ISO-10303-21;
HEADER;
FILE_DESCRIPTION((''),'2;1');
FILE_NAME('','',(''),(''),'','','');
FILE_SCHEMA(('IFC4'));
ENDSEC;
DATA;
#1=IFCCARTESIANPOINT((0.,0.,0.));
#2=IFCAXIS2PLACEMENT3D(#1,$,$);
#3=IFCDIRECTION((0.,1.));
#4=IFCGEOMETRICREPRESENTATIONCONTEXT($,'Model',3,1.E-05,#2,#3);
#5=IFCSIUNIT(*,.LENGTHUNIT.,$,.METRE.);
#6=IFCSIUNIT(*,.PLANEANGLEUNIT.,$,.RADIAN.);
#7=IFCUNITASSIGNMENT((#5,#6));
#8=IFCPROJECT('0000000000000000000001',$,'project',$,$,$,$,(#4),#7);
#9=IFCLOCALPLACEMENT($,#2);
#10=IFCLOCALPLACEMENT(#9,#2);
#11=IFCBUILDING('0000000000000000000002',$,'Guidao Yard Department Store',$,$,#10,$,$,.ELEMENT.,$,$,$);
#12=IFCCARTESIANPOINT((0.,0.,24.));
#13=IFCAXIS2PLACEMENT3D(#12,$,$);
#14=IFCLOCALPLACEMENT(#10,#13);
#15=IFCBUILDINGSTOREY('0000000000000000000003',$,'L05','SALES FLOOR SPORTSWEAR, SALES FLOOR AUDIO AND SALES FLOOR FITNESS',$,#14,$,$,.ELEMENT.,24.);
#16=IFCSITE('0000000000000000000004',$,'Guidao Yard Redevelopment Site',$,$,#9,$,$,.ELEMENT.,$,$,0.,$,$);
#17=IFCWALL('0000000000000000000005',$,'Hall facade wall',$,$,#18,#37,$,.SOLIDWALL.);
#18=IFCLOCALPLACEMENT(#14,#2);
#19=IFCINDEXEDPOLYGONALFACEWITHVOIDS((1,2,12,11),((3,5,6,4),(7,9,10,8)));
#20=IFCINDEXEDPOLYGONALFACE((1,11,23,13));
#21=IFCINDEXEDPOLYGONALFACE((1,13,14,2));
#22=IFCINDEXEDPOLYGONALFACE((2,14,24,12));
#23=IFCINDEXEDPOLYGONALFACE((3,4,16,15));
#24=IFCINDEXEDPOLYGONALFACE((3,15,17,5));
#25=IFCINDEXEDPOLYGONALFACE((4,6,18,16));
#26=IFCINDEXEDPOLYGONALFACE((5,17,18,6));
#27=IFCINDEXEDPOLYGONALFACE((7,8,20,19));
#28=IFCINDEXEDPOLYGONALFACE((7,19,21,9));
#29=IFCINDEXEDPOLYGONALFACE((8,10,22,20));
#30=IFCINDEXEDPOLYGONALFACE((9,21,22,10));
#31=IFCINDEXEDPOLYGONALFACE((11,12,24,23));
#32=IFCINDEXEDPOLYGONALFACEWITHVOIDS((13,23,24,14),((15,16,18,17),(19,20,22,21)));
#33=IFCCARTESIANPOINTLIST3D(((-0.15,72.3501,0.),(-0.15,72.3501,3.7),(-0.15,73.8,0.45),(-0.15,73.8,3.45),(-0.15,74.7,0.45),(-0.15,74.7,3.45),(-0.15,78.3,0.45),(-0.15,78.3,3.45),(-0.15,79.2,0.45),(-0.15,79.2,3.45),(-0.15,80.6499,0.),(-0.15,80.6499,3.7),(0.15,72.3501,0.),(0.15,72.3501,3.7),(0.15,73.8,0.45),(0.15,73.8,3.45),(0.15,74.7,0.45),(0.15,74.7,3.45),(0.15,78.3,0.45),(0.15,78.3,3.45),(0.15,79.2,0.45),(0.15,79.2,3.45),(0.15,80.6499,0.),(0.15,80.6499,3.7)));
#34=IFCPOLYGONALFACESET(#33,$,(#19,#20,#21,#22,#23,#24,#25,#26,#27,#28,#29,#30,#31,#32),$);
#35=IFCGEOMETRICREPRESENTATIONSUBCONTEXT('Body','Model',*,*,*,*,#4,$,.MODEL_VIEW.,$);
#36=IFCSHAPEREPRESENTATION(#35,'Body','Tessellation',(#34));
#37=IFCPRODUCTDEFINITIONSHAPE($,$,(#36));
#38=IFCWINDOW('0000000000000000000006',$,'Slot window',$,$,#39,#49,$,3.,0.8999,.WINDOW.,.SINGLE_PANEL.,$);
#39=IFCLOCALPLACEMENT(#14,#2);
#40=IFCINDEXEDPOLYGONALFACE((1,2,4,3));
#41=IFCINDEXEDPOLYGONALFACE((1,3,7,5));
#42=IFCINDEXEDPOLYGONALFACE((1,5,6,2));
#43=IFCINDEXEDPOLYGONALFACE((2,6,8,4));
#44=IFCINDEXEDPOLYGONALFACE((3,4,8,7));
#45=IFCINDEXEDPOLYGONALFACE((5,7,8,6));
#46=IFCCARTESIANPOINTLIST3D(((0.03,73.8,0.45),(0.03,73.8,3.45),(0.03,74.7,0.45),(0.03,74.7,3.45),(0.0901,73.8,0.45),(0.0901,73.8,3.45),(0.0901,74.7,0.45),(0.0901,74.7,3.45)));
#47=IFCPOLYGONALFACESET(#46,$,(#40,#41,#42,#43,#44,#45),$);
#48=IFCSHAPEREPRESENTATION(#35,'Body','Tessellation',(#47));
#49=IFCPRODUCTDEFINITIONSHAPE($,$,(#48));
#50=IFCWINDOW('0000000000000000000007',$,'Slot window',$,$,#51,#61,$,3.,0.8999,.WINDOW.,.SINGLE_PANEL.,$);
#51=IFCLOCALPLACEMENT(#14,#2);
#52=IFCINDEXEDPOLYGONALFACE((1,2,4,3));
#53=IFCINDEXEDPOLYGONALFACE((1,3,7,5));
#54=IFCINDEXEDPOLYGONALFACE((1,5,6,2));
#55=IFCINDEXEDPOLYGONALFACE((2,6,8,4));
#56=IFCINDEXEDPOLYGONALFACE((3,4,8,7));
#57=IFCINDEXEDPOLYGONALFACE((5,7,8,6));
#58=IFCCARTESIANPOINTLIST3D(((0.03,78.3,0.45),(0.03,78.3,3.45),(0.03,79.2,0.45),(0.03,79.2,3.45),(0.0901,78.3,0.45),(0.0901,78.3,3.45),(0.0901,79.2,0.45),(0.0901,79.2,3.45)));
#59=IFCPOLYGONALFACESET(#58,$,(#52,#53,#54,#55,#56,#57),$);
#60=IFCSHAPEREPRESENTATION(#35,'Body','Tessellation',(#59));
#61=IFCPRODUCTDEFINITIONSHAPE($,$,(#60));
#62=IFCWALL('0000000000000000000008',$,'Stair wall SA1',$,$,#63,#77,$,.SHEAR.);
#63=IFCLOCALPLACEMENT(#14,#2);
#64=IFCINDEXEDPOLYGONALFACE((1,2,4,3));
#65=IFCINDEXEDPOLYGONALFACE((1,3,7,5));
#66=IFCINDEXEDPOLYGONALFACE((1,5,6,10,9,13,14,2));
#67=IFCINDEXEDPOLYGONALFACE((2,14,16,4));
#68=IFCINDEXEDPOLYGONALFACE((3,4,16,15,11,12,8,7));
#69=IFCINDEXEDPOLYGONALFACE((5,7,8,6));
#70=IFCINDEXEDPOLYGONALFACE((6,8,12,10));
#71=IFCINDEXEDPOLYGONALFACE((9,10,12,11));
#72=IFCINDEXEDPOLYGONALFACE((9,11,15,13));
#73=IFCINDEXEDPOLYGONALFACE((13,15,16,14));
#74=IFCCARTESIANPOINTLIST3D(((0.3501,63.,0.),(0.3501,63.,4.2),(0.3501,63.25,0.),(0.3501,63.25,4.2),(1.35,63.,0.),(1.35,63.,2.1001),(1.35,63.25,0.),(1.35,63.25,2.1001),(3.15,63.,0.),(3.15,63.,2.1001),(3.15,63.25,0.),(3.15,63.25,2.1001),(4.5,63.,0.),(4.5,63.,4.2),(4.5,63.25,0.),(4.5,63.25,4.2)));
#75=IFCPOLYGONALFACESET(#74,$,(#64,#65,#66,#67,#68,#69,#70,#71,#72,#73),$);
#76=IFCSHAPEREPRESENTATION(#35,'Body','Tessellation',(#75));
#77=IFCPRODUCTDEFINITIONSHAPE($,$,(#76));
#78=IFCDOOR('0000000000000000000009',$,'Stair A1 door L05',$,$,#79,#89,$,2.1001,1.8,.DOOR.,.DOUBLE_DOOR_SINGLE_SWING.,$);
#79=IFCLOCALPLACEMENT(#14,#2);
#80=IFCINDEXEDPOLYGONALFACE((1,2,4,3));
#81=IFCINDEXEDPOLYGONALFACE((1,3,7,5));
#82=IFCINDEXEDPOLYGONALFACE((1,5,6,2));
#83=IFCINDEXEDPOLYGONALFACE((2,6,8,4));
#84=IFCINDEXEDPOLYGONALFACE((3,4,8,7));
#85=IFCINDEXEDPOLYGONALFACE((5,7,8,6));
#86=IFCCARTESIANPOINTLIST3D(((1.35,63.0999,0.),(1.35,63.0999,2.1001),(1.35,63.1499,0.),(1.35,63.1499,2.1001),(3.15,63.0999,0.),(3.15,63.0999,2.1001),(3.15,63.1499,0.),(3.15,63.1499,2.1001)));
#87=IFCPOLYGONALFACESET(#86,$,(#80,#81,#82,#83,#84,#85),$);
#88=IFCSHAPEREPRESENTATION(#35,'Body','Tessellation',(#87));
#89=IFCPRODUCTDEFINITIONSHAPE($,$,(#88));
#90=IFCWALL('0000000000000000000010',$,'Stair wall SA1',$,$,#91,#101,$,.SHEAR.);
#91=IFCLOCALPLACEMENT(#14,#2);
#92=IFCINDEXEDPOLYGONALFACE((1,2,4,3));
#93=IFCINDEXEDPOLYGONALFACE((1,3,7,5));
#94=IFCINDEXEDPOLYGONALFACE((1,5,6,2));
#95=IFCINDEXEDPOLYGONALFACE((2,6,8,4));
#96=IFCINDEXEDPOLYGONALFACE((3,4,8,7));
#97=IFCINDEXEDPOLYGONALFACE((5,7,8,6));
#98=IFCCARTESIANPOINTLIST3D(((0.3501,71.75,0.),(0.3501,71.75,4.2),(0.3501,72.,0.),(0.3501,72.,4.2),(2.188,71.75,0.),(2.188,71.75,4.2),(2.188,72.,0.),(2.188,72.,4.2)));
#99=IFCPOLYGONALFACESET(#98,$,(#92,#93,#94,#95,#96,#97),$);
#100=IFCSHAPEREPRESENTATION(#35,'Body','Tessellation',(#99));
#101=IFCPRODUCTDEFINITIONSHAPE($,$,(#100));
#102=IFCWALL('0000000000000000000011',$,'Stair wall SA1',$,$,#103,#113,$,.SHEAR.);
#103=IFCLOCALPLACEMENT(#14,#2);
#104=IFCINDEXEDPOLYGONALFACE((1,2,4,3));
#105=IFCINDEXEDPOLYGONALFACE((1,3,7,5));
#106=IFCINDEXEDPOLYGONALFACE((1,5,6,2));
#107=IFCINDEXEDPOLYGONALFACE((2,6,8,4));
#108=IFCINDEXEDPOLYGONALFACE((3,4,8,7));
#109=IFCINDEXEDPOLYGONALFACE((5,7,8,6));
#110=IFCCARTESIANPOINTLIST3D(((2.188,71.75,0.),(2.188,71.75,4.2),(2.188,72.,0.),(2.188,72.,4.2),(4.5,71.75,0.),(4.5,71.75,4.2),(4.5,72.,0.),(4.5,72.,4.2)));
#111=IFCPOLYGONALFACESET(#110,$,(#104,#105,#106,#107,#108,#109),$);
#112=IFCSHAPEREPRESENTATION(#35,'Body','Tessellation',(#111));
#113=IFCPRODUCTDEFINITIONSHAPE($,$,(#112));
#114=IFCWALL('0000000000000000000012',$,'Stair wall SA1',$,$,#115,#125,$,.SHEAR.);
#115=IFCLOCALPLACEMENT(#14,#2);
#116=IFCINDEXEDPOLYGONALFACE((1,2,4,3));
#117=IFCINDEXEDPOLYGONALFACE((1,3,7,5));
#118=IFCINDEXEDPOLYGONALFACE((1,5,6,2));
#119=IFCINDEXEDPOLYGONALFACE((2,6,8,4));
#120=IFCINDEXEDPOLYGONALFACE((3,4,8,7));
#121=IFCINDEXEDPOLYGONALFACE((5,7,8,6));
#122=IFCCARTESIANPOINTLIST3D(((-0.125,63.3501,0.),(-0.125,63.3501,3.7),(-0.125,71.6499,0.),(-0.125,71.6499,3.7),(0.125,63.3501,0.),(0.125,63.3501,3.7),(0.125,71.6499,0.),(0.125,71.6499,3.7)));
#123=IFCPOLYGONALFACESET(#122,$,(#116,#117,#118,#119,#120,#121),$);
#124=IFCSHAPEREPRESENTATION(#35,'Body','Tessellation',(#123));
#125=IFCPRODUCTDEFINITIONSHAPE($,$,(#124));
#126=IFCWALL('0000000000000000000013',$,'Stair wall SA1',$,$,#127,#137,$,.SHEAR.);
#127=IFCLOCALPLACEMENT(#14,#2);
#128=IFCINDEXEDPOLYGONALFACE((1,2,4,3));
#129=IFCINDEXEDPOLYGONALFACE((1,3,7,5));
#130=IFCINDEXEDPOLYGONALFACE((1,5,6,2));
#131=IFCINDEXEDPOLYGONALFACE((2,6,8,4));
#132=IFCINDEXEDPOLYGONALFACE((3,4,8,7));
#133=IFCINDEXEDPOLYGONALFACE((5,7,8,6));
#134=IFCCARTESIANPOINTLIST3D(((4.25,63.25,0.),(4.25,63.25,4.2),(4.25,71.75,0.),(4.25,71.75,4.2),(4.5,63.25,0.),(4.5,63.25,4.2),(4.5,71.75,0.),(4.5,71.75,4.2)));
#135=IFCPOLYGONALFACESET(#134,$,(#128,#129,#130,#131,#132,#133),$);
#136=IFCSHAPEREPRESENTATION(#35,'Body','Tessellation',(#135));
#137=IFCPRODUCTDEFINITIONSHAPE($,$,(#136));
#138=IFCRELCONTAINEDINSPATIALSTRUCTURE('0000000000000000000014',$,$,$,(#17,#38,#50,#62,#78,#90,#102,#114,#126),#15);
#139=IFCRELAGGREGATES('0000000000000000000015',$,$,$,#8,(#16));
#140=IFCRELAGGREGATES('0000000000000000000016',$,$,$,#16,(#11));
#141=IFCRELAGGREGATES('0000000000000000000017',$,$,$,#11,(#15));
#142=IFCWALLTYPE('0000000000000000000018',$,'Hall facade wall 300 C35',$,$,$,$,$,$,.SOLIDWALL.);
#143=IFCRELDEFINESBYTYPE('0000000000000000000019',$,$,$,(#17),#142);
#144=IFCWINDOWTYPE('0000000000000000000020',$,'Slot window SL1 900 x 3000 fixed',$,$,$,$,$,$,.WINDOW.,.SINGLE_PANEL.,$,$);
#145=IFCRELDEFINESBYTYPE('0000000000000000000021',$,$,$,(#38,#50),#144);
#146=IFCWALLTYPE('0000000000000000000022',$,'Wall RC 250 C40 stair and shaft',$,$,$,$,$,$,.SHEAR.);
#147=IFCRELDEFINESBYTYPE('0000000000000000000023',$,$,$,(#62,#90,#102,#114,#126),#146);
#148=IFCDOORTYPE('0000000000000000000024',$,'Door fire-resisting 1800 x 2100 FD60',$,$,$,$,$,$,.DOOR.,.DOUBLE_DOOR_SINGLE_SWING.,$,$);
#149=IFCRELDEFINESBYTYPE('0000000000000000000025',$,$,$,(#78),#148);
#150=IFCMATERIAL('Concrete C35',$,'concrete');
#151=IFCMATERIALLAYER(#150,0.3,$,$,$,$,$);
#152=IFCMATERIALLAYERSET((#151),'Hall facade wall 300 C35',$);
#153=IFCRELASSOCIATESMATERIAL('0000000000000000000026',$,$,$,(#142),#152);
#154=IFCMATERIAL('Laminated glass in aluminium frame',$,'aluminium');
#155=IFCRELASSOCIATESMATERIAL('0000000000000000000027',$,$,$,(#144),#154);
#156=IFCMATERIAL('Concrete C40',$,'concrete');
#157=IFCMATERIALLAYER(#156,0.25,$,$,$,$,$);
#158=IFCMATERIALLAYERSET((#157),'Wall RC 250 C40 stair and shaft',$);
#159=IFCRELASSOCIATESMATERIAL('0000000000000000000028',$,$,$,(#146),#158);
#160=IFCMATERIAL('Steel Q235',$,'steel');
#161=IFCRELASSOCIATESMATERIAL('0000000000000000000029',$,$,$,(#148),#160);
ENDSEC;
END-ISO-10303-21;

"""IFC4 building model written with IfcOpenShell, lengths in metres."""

from ifc_helpers import new_model, si_unit, direction, frame, frame_2d, origin, place, context, subcontext, project, spatial, rectangle, extrude, material, layer, layer_set, type_object, element, fill, save


model = new_model("IFC4")

# Units and contexts
model_context = context("Model", 3, precision=1e-05, world=origin(), true_north=direction((0.0, 1.0)))
body_context = subcontext(model_context, "Body", "Model", "MODEL_VIEW")
ifc_project = project(units=[si_unit("LENGTHUNIT", "METRE"), si_unit("PLANEANGLEUNIT", "RADIAN")], contexts=[model_context])

# Site, building, storey
site_placement = place(None, origin())
site = spatial("IfcSite", under=ifc_project, at=site_placement, Name="Guidao Yard Redevelopment Site", CompositionType="ELEMENT", RefElevation=0.0)
building_placement = place(site_placement, origin())
building = spatial("IfcBuilding", under=site, at=building_placement, Name="Guidao Yard Department Store", CompositionType="ELEMENT")
storey_placement = place(building_placement, frame((0.0, 0.0, 24.0)))
storey = spatial("IfcBuildingStorey", under=building, at=storey_placement, Name="L05", Description="SALES FLOOR SPORTSWEAR, SALES FLOOR AUDIO AND SALES FLOOR FITNESS", CompositionType="ELEMENT", Elevation=24.0)

# Wall, openings, windows
ifc_material_1 = material(Name="Concrete C35", Category="concrete")
ifc_layer_1 = layer(ifc_material_1, 0.3)
ifc_layer_set_1 = layer_set([ifc_layer_1], Name="Hall facade wall 300 C35")
wall_type_1 = type_object("IfcWallType", Name="Hall facade wall 300 C35", PredefinedType="SOLIDWALL", material=ifc_layer_set_1)
ifc_material_2 = material(Name="Laminated glass in aluminium frame", Category="aluminium")
window_type = type_object("IfcWindowType", Name="Slot window SL1 900 x 3000 fixed", PartitioningType="SINGLE_PANEL", PredefinedType="WINDOW", material=ifc_material_2)
wall_1_placement = place(storey_placement, frame((0.0, 72.3501, 0.0), z_axis=(0.0, 0.0, 1.0), x_axis=(0.0, 1.0, 0.0)))
wall_1 = element("IfcWall", 1, at=wall_1_placement, inside=storey, type_object=wall_type_1, Name="Hall facade wall", PredefinedType="SOLIDWALL", context=body_context, shape_type="SweptSolid", body=[
    extrude(rectangle(XDim=8.2998, YDim=0.3, at=frame_2d((4.1499, 0.0))), origin(), (0.0, 0.0, 1.0), 3.7),
])
opening_1_placement = place(wall_1_placement, frame((1.45, 0.0, 0.45)))
opening_1 = element("IfcOpeningElement", 2, at=opening_1_placement, cuts=wall_1, PredefinedType="OPENING", context=body_context, shape_type="SweptSolid", body=[
    extrude(rectangle(XDim=0.8999, YDim=3.0, at=frame_2d((0.45, 1.5))), frame((0.0, 0.1599, 0.0), z_axis=(0.0, -1.0, 0.0), x_axis=(1.0, 0.0, 0.0)), (0.0, 0.0, 1.0), 0.3201),
])
opening_2_placement = place(wall_1_placement, frame((5.95, 0.0, 0.45)))
opening_2 = element("IfcOpeningElement", 3, at=opening_2_placement, cuts=wall_1, PredefinedType="OPENING", context=body_context, shape_type="SweptSolid", body=[
    extrude(rectangle(XDim=0.8999, YDim=3.0, at=frame_2d((0.45, 1.5))), frame((0.0, 0.1599, 0.0), z_axis=(0.0, -1.0, 0.0), x_axis=(1.0, 0.0, 0.0)), (0.0, 0.0, 1.0), 0.3201),
])
window_1_placement = place(opening_1_placement, origin())
window_1 = element("IfcWindow", 4, at=window_1_placement, inside=storey, type_object=window_type, Name="Slot window", OverallHeight=3.0, OverallWidth=0.8999, PartitioningType="SINGLE_PANEL", PredefinedType="WINDOW", context=body_context, shape_type="SweptSolid", body=[
    extrude(rectangle(XDim=0.8999, YDim=3.0, at=frame_2d((0.45, 1.5))), frame((0.0, -0.03, 0.0), z_axis=(0.0, -1.0, 0.0), x_axis=(1.0, 0.0, 0.0)), (0.0, 0.0, 1.0), 0.0601),
])
fill(opening_1, window_1)
window_2_placement = place(opening_2_placement, origin())
window_2 = element("IfcWindow", 5, at=window_2_placement, inside=storey, type_object=window_type, Name="Slot window", OverallHeight=3.0, OverallWidth=0.8999, PartitioningType="SINGLE_PANEL", PredefinedType="WINDOW", context=body_context, shape_type="SweptSolid", body=[
    extrude(rectangle(XDim=0.8999, YDim=3.0, at=frame_2d((0.45, 1.5))), frame((0.0, -0.03, 0.0), z_axis=(0.0, -1.0, 0.0), x_axis=(1.0, 0.0, 0.0)), (0.0, 0.0, 1.0), 0.0601),
])
fill(opening_2, window_2)

# Wall, opening, door
ifc_material_3 = material(Name="Concrete C40", Category="concrete")
ifc_layer_2 = layer(ifc_material_3, 0.25)
ifc_layer_set_2 = layer_set([ifc_layer_2], Name="Wall RC 250 C40 stair and shaft")
wall_type_2 = type_object("IfcWallType", Name="Wall RC 250 C40 stair and shaft", PredefinedType="SHEAR", material=ifc_layer_set_2)
wall_2_placement = place(storey_placement, frame((0.3501, 63.125, 0.0), z_axis=(0.0, 0.0, 1.0), x_axis=(1.0, 0.0, 0.0)))
wall_2 = element("IfcWall", 6, at=wall_2_placement, inside=storey, type_object=wall_type_2, Name="Stair wall SA1", PredefinedType="SHEAR", context=body_context, shape_type="SweptSolid", body=[
    extrude(rectangle(XDim=4.1499, YDim=0.25, at=frame_2d((2.075, 0.0))), origin(), (0.0, 0.0, 1.0), 4.2),
])
opening_3_placement = place(wall_2_placement, frame((1.0, 0.0, 0.0)))
opening_3 = element("IfcOpeningElement", 7, at=opening_3_placement, cuts=wall_2, PredefinedType="OPENING", context=body_context, shape_type="SweptSolid", body=[
    extrude(rectangle(XDim=1.8, YDim=2.1001, at=frame_2d((0.8999, 1.05))), frame((0.0, 0.135, 0.0), z_axis=(0.0, -1.0, 0.0), x_axis=(1.0, 0.0, 0.0)), (0.0, 0.0, 1.0), 0.27),
])
ifc_material_4 = material(Name="Steel Q235", Category="steel")
door_type = type_object("IfcDoorType", Name="Door fire-resisting 1800 x 2100 FD60", OperationType="DOUBLE_DOOR_SINGLE_SWING", PredefinedType="DOOR", material=ifc_material_4)
door_placement = place(opening_3_placement, origin())
door = element("IfcDoor", 8, at=door_placement, inside=storey, type_object=door_type, Name="Stair A1 door L05", OperationType="DOUBLE_DOOR_SINGLE_SWING", OverallHeight=2.1001, OverallWidth=1.8, PredefinedType="DOOR", context=body_context, shape_type="SweptSolid", body=[
    extrude(rectangle(XDim=1.8, YDim=2.1001, at=frame_2d((0.8999, 1.05))), frame((0.0, 0.0249, 0.0), z_axis=(0.0, -1.0, 0.0), x_axis=(1.0, 0.0, 0.0)), (0.0, 0.0, 1.0), 0.05),
])
fill(opening_3, door)

# Walls
wall_3_placement = place(storey_placement, frame((0.3501, 71.875, 0.0), z_axis=(0.0, 0.0, 1.0), x_axis=(1.0, 0.0, 0.0)))
element("IfcWall", 9, at=wall_3_placement, inside=storey, type_object=wall_type_2, Name="Stair wall SA1", PredefinedType="SHEAR", context=body_context, shape_type="SweptSolid", body=[
    extrude(rectangle(XDim=1.8379, YDim=0.25, at=frame_2d((0.9189, 0.0))), origin(), (0.0, 0.0, 1.0), 4.2),
])
wall_4_placement = place(storey_placement, frame((2.188, 71.875, 0.0), z_axis=(0.0, 0.0, 1.0), x_axis=(1.0, 0.0, 0.0)))
element("IfcWall", 10, at=wall_4_placement, inside=storey, type_object=wall_type_2, Name="Stair wall SA1", PredefinedType="SHEAR", context=body_context, shape_type="SweptSolid", body=[
    extrude(rectangle(XDim=2.312, YDim=0.25, at=frame_2d((1.156, 0.0))), origin(), (0.0, 0.0, 1.0), 4.2),
])
wall_5_placement = place(storey_placement, frame((0.0, 63.3501, 0.0), z_axis=(0.0, 0.0, 1.0), x_axis=(0.0, 1.0, 0.0)))
element("IfcWall", 11, at=wall_5_placement, inside=storey, type_object=wall_type_2, Name="Stair wall SA1", PredefinedType="SHEAR", context=body_context, shape_type="SweptSolid", body=[
    extrude(rectangle(XDim=8.2998, YDim=0.25, at=frame_2d((4.1499, 0.0))), origin(), (0.0, 0.0, 1.0), 3.7),
])
wall_6_placement = place(storey_placement, frame((4.375, 63.25, 0.0), z_axis=(0.0, 0.0, 1.0), x_axis=(0.0, 1.0, 0.0)))
element("IfcWall", 12, at=wall_6_placement, inside=storey, type_object=wall_type_2, Name="Stair wall SA1", PredefinedType="SHEAR", context=body_context, shape_type="SweptSolid", body=[
    extrude(rectangle(XDim=8.5, YDim=0.25, at=frame_2d((4.25, 0.0))), origin(), (0.0, 0.0, 1.0), 4.2),
])

save(model, "model.ifc")
